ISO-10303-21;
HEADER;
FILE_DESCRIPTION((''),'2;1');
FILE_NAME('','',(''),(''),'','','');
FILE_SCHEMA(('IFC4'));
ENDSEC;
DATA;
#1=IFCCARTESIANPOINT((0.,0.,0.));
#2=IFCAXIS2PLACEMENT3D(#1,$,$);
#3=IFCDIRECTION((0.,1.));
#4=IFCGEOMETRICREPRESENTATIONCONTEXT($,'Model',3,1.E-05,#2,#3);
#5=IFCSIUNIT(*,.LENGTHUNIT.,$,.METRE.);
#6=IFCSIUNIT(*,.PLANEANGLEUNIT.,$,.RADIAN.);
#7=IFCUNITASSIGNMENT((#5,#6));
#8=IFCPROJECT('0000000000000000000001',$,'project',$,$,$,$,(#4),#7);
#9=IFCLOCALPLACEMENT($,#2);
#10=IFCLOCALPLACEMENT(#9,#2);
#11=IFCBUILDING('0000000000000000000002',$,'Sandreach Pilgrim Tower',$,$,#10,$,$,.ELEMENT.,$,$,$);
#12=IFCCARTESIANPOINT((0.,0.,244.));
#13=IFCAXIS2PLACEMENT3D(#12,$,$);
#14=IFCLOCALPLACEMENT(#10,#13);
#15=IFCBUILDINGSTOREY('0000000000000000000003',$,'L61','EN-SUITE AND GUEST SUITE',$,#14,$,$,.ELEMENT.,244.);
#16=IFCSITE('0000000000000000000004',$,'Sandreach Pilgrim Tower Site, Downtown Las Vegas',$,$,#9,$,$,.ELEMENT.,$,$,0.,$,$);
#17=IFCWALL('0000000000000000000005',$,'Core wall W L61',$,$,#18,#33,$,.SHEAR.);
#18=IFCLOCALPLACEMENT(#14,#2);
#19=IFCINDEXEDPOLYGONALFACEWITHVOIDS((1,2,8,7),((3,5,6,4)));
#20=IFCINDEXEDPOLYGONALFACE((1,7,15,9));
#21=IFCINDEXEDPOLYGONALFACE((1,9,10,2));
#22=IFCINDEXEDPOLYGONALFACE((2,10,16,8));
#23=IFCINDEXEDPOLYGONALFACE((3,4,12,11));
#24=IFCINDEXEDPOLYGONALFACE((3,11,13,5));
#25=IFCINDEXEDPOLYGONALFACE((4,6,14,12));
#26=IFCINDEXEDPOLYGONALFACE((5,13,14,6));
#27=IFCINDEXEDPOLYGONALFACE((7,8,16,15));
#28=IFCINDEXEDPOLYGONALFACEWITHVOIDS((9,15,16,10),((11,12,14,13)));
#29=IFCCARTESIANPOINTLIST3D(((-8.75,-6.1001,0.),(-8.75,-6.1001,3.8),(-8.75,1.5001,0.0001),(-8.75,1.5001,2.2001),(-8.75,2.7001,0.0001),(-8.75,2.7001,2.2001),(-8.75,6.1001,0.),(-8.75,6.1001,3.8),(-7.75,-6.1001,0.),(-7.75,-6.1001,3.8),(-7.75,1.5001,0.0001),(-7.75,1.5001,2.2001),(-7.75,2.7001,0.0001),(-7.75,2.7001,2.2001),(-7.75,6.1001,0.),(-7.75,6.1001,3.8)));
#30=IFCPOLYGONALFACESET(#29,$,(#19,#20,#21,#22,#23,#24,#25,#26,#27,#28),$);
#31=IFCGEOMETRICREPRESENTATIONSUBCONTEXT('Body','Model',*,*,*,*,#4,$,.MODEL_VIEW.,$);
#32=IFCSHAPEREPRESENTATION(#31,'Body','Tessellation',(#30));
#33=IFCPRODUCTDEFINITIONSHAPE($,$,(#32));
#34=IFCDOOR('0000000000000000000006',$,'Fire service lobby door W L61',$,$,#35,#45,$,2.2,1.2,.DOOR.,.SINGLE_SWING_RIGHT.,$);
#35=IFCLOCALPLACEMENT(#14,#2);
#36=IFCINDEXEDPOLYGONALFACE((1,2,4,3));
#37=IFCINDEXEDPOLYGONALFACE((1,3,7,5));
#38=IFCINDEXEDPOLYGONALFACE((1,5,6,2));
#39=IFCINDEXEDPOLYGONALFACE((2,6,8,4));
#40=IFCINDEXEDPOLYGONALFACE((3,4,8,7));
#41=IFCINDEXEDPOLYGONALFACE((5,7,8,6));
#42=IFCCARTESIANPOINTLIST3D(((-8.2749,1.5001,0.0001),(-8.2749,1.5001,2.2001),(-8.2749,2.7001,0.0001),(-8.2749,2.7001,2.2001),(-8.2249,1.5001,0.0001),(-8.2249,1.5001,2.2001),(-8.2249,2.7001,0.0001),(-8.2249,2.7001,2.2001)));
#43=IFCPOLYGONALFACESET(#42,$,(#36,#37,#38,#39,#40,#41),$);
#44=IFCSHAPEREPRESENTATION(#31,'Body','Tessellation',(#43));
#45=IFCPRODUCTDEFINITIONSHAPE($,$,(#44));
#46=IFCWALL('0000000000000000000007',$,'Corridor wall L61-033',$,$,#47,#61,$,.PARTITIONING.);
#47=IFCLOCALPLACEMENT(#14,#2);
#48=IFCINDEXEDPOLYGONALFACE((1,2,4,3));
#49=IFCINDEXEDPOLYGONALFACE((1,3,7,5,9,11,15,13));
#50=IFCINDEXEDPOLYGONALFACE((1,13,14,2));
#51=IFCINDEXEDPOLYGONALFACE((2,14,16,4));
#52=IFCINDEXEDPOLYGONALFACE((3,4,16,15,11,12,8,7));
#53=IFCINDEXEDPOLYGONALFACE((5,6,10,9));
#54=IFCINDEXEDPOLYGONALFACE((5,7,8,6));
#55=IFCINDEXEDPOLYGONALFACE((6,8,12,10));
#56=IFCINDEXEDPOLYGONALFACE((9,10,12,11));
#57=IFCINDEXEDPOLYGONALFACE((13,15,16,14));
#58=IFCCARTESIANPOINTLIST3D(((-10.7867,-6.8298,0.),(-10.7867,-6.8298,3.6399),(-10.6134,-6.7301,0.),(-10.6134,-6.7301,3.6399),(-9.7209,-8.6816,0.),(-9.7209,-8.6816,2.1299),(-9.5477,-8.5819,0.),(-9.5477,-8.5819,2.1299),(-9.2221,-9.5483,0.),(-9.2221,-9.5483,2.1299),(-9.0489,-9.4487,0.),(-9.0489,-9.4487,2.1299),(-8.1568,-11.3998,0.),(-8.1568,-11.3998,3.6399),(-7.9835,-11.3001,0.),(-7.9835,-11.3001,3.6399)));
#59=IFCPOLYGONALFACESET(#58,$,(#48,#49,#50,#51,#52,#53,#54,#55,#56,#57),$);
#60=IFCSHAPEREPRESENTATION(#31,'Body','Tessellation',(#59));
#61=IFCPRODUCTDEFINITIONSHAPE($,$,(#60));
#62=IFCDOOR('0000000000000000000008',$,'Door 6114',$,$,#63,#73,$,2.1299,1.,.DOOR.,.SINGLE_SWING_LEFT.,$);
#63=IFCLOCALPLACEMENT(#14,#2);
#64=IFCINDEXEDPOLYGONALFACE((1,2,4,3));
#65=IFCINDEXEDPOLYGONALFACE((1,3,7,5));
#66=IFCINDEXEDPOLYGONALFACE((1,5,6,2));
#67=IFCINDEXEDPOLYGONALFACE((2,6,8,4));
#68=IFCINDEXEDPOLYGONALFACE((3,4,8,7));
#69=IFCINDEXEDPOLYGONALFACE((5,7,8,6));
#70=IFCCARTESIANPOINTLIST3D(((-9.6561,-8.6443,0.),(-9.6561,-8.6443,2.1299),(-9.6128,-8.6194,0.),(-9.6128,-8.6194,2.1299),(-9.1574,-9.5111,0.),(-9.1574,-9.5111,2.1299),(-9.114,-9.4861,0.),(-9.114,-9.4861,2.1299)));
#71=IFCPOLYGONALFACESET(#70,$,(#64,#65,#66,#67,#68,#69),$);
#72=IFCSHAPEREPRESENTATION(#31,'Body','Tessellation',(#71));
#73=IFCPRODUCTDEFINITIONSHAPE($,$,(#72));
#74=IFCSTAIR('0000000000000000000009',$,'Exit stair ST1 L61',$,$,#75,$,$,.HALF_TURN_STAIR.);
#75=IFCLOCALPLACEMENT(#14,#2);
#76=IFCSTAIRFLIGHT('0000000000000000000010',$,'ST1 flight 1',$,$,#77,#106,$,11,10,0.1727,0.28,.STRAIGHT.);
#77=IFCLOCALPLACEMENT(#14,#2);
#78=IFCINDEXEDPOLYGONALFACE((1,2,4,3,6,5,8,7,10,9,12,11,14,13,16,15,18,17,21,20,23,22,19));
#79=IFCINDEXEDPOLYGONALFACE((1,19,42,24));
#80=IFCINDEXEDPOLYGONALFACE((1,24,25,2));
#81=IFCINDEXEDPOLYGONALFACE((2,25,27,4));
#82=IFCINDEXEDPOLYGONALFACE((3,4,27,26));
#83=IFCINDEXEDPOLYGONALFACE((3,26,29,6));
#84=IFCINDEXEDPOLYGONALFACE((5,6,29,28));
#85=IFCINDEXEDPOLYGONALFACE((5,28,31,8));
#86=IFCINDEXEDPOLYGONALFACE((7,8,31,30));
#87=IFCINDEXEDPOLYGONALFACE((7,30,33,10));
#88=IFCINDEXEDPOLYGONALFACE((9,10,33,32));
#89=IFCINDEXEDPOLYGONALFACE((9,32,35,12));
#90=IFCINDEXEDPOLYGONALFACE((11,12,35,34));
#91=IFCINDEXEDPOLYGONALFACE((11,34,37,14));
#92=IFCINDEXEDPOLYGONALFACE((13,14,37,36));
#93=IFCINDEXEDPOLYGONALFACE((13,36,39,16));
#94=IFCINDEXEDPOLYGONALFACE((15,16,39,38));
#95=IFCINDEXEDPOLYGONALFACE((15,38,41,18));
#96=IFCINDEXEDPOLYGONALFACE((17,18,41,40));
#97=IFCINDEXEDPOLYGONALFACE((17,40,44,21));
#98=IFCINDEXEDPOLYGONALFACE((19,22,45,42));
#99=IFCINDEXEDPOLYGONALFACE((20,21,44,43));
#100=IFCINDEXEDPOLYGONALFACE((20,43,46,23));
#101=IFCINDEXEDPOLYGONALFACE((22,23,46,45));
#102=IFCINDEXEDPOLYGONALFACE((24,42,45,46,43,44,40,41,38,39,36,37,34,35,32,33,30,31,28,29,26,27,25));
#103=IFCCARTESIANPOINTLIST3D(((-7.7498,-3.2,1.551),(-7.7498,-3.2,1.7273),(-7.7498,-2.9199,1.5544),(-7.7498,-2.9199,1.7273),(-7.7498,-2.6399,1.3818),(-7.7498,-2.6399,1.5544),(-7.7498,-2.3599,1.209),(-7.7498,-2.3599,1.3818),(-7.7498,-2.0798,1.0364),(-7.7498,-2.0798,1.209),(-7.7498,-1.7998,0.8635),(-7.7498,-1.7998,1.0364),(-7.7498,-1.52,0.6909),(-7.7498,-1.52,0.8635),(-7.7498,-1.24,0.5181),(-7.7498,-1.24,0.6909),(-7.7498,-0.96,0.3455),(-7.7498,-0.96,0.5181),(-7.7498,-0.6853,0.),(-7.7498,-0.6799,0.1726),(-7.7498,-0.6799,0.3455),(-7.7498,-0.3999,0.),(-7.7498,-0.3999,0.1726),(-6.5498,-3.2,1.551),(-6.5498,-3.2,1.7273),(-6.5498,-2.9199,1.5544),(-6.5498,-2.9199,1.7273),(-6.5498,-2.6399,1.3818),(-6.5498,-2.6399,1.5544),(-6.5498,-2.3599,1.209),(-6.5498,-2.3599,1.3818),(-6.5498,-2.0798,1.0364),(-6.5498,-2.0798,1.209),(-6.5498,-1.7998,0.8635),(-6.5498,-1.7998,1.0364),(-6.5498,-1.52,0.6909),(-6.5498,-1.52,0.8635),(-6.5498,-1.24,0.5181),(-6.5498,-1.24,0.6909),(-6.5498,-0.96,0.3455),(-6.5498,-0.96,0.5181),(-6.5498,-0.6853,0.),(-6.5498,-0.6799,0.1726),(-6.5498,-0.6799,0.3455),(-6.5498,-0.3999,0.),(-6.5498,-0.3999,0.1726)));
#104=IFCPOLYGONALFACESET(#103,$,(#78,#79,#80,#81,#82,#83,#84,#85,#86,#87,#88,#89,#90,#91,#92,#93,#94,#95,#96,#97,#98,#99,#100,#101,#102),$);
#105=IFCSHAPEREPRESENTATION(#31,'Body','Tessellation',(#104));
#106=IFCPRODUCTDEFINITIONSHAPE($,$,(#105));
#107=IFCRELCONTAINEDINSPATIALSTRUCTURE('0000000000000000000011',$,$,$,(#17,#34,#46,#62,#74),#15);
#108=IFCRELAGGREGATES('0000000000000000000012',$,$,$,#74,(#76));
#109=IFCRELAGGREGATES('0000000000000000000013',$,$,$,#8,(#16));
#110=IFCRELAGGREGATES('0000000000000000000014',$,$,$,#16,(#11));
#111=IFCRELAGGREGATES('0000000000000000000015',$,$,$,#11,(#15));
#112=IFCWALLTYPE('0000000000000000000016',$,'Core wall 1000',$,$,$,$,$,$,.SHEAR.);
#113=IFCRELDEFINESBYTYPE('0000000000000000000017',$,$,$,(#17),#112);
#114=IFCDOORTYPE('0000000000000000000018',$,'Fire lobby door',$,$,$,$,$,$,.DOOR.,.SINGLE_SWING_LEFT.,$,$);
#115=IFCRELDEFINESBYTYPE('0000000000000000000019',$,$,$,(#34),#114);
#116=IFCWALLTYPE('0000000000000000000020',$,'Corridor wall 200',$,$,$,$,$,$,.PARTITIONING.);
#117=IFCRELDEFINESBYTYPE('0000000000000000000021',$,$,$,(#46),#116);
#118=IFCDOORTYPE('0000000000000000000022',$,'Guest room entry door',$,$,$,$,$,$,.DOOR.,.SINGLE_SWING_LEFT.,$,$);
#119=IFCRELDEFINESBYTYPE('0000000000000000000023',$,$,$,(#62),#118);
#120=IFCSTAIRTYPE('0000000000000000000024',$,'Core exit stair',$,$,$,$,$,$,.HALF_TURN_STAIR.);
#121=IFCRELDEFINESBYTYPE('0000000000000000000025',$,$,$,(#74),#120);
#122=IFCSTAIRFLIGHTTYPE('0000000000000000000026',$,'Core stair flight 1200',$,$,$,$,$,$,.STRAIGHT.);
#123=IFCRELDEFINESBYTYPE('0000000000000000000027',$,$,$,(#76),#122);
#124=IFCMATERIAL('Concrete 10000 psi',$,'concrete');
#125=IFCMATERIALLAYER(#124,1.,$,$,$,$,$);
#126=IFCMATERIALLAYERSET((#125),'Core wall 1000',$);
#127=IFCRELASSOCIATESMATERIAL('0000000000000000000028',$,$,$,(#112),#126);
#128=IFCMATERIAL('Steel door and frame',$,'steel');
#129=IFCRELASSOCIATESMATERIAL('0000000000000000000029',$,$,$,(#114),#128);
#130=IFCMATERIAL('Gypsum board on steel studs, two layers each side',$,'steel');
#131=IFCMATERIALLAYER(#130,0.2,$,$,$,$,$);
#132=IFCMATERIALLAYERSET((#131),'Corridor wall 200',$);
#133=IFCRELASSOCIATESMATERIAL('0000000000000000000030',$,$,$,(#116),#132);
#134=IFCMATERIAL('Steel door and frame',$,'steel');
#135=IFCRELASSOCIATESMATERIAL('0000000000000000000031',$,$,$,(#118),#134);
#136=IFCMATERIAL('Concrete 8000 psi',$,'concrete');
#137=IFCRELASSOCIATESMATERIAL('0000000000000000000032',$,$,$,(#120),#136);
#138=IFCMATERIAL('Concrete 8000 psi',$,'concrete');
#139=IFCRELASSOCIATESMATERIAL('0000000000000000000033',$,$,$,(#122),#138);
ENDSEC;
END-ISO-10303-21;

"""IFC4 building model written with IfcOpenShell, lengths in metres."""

from ifc_helpers import new_model, si_unit, direction, frame, frame_2d, origin, place, context, subcontext, project, spatial, polyline, rectangle, outline, extrude, material, layer, layer_set, type_object, element, fill, aggregate, save


model = new_model("IFC4")

# Units and contexts
model_context = context("Model", 3, precision=1e-05, world=origin(), true_north=direction((0.0, 1.0)))
body_context = subcontext(model_context, "Body", "Model", "MODEL_VIEW")
ifc_project = project(units=[si_unit("LENGTHUNIT", "METRE"), si_unit("PLANEANGLEUNIT", "RADIAN")], contexts=[model_context])

# Site, building, storey
site_placement = place(None, origin())
site = spatial("IfcSite", under=ifc_project, at=site_placement, Name="Sandreach Pilgrim Tower Site, Downtown Las Vegas", CompositionType="ELEMENT", RefElevation=0.0)
building_placement = place(site_placement, origin())
building = spatial("IfcBuilding", under=site, at=building_placement, Name="Sandreach Pilgrim Tower", CompositionType="ELEMENT")
storey_placement = place(building_placement, frame((0.0, 0.0, 244.0)))
storey = spatial("IfcBuildingStorey", under=building, at=storey_placement, Name="L61", Description="EN-SUITE AND GUEST SUITE", CompositionType="ELEMENT", Elevation=244.0)

# Shared definitions
ifc_material_1 = material(Name="Concrete 10000 psi", Category="concrete")
ifc_layer_1 = layer(ifc_material_1, 1.0)
ifc_layer_set_1 = layer_set([ifc_layer_1], Name="Core wall 1000")
wall_type_1 = type_object("IfcWallType", Name="Core wall 1000", PredefinedType="SHEAR", material=ifc_layer_set_1)

# Walls, openings, doors
wall_1_placement = place(storey_placement, frame((-8.25, -6.1001, 0.0), z_axis=(0.0, 0.0, 1.0), x_axis=(0.0, 1.0, 0.0)))
wall_1 = element("IfcWall", 1, at=wall_1_placement, inside=storey, type_object=wall_type_1, Name="Core wall W L61", PredefinedType="SHEAR", context=body_context, shape_type="SweptSolid", body=[
    extrude(rectangle(XDim=12.2002, YDim=1.0, at=frame_2d((6.1001, 0.0))), origin(), (0.0, 0.0, 1.0), 3.8),
])
opening_1_placement = place(wall_1_placement, frame((7.6001, 0.0, 0.0)))
opening_1 = element("IfcOpeningElement", 2, at=opening_1_placement, cuts=wall_1, PredefinedType="OPENING", context=body_context, shape_type="SweptSolid", body=[
    extrude(rectangle(XDim=1.2, YDim=2.2, at=frame_2d((0.6001, 1.1001))), frame((0.0, 0.5, 0.0), z_axis=(0.0, -1.0, 0.0), x_axis=(1.0, 0.0, 0.0)), (0.0, 0.0, 1.0), 1.0),
])
ifc_material_2 = material(Name="Steel door and frame", Category="steel")
door_type_1 = type_object("IfcDoorType", Name="Fire lobby door", OperationType="SINGLE_SWING_LEFT", PredefinedType="DOOR", material=ifc_material_2)
door_1_placement = place(opening_1_placement, origin())
door_1 = element("IfcDoor", 3, at=door_1_placement, inside=storey, type_object=door_type_1, Name="Fire service lobby door W L61", OperationType="SINGLE_SWING_RIGHT", OverallHeight=2.2, OverallWidth=1.2, PredefinedType="DOOR", context=body_context, shape_type="SweptSolid", body=[
    extrude(rectangle(XDim=1.2, YDim=2.2, at=frame_2d((0.6001, 1.1001))), frame((0.0, 0.0249, 0.0), z_axis=(0.0, -1.0, 0.0), x_axis=(1.0, 0.0, 0.0)), (0.0, 0.0, 1.0), 0.05),
])
fill(opening_1, door_1)
ifc_material_3 = material(Name="Gypsum board on steel studs, two layers each side", Category="steel")
ifc_layer_2 = layer(ifc_material_3, 0.2)
ifc_layer_set_2 = layer_set([ifc_layer_2], Name="Corridor wall 200")
wall_type_2 = type_object("IfcWallType", Name="Corridor wall 200", PredefinedType="PARTITIONING", material=ifc_layer_set_2)
wall_2_placement = place(storey_placement, frame((-10.7, -6.78, 0.0), z_axis=(0.0, 0.0, 1.0), x_axis=(0.498769, -0.866735, 0.0)))
wall_2 = element("IfcWall", 4, at=wall_2_placement, inside=storey, type_object=wall_type_2, Name="Corridor wall L61-033", PredefinedType="PARTITIONING", context=body_context, shape_type="SweptSolid", body=[
    extrude(rectangle(XDim=5.2727, YDim=0.2, at=frame_2d((2.6362, 0.0))), origin(), (0.0, 0.0, 1.0), 3.6399),
])
opening_2_placement = place(wall_2_placement, frame((2.1365, 0.0, 0.0)))
opening_2 = element("IfcOpeningElement", 5, at=opening_2_placement, cuts=wall_2, PredefinedType="OPENING", context=body_context, shape_type="SweptSolid", body=[
    extrude(rectangle(XDim=1.0, YDim=2.1299, at=frame_2d((0.5, 1.0649))), frame((0.0, 0.1001, 0.0), z_axis=(0.0, -1.0, 0.0), x_axis=(1.0, 0.0, 0.0)), (0.0, 0.0, 1.0), 0.2),
])
ifc_material_4 = material(Name="Steel door and frame", Category="steel")
door_type_2 = type_object("IfcDoorType", Name="Guest room entry door", OperationType="SINGLE_SWING_LEFT", PredefinedType="DOOR", material=ifc_material_4)
door_2_placement = place(opening_2_placement, origin())
door_2 = element("IfcDoor", 6, at=door_2_placement, inside=storey, type_object=door_type_2, Name="Door 6114", OperationType="SINGLE_SWING_LEFT", OverallHeight=2.1299, OverallWidth=1.0, PredefinedType="DOOR", context=body_context, shape_type="SweptSolid", body=[
    extrude(rectangle(XDim=1.0, YDim=2.1299, at=frame_2d((0.5, 1.0649))), frame((0.0, 0.0249, 0.0), z_axis=(0.0, -1.0, 0.0), x_axis=(1.0, 0.0, 0.0)), (0.0, 0.0, 1.0), 0.05),
])
fill(opening_2, door_2)

# Stair, stair flight
ifc_material_5 = material(Name="Concrete 8000 psi", Category="concrete")
stair_type = type_object("IfcStairType", Name="Core exit stair", PredefinedType="HALF_TURN_STAIR", material=ifc_material_5)
stair_placement = place(storey_placement, origin())
stair = element("IfcStair", 7, at=stair_placement, inside=storey, type_object=stair_type, Name="Exit stair ST1 L61", PredefinedType="HALF_TURN_STAIR")
ifc_material_6 = material(Name="Concrete 8000 psi", Category="concrete")
stair_flight_type = type_object("IfcStairFlightType", Name="Core stair flight 1200", PredefinedType="STRAIGHT", material=ifc_material_6)
stair_flight_placement = place(storey_placement, frame((-7.1499, -0.3999, 0.0), z_axis=(0.0, 0.0, 1.0), x_axis=(0.0, -1.0, 0.0)))
stair_flight = element("IfcStairFlight", 8, at=stair_flight_placement, type_object=stair_flight_type, Name="ST1 flight 1", NumberOfRisers=11, NumberOfTreads=10, PredefinedType="STRAIGHT", RiserHeight=0.1727, TreadLength=0.28, context=body_context, shape_type="SweptSolid", body=[
    extrude(outline(polyline([(0.0, 0.0), (0.0, 0.1726), (0.28, 0.1726), (0.28, 0.3455), (0.5601, 0.3455), (0.5601, 0.5181), (0.8401, 0.5181), (0.8401, 0.6909), (1.1201, 0.6909), (1.1201, 0.8635), (1.3999, 0.8635), (1.3999, 1.0364), (1.6799, 1.0364), (1.6799, 1.209), (1.96, 1.209), (1.96, 1.3818), (2.24, 1.3818), (2.24, 1.5544), (2.52, 1.5544), (2.52, 1.7273), (2.8, 1.7273), (2.8, 1.8999), (2.8, 1.551), (0.2854, 0.0), (0.0, 0.0)])), frame((0.0, 0.6001, 0.0), z_axis=(0.0, -1.0, 0.0), x_axis=(1.0, 0.0, 0.0)), (0.0, 0.0, 1.0), 1.2),
])
aggregate(stair, [stair_flight])

save(model, "model.ifc")
